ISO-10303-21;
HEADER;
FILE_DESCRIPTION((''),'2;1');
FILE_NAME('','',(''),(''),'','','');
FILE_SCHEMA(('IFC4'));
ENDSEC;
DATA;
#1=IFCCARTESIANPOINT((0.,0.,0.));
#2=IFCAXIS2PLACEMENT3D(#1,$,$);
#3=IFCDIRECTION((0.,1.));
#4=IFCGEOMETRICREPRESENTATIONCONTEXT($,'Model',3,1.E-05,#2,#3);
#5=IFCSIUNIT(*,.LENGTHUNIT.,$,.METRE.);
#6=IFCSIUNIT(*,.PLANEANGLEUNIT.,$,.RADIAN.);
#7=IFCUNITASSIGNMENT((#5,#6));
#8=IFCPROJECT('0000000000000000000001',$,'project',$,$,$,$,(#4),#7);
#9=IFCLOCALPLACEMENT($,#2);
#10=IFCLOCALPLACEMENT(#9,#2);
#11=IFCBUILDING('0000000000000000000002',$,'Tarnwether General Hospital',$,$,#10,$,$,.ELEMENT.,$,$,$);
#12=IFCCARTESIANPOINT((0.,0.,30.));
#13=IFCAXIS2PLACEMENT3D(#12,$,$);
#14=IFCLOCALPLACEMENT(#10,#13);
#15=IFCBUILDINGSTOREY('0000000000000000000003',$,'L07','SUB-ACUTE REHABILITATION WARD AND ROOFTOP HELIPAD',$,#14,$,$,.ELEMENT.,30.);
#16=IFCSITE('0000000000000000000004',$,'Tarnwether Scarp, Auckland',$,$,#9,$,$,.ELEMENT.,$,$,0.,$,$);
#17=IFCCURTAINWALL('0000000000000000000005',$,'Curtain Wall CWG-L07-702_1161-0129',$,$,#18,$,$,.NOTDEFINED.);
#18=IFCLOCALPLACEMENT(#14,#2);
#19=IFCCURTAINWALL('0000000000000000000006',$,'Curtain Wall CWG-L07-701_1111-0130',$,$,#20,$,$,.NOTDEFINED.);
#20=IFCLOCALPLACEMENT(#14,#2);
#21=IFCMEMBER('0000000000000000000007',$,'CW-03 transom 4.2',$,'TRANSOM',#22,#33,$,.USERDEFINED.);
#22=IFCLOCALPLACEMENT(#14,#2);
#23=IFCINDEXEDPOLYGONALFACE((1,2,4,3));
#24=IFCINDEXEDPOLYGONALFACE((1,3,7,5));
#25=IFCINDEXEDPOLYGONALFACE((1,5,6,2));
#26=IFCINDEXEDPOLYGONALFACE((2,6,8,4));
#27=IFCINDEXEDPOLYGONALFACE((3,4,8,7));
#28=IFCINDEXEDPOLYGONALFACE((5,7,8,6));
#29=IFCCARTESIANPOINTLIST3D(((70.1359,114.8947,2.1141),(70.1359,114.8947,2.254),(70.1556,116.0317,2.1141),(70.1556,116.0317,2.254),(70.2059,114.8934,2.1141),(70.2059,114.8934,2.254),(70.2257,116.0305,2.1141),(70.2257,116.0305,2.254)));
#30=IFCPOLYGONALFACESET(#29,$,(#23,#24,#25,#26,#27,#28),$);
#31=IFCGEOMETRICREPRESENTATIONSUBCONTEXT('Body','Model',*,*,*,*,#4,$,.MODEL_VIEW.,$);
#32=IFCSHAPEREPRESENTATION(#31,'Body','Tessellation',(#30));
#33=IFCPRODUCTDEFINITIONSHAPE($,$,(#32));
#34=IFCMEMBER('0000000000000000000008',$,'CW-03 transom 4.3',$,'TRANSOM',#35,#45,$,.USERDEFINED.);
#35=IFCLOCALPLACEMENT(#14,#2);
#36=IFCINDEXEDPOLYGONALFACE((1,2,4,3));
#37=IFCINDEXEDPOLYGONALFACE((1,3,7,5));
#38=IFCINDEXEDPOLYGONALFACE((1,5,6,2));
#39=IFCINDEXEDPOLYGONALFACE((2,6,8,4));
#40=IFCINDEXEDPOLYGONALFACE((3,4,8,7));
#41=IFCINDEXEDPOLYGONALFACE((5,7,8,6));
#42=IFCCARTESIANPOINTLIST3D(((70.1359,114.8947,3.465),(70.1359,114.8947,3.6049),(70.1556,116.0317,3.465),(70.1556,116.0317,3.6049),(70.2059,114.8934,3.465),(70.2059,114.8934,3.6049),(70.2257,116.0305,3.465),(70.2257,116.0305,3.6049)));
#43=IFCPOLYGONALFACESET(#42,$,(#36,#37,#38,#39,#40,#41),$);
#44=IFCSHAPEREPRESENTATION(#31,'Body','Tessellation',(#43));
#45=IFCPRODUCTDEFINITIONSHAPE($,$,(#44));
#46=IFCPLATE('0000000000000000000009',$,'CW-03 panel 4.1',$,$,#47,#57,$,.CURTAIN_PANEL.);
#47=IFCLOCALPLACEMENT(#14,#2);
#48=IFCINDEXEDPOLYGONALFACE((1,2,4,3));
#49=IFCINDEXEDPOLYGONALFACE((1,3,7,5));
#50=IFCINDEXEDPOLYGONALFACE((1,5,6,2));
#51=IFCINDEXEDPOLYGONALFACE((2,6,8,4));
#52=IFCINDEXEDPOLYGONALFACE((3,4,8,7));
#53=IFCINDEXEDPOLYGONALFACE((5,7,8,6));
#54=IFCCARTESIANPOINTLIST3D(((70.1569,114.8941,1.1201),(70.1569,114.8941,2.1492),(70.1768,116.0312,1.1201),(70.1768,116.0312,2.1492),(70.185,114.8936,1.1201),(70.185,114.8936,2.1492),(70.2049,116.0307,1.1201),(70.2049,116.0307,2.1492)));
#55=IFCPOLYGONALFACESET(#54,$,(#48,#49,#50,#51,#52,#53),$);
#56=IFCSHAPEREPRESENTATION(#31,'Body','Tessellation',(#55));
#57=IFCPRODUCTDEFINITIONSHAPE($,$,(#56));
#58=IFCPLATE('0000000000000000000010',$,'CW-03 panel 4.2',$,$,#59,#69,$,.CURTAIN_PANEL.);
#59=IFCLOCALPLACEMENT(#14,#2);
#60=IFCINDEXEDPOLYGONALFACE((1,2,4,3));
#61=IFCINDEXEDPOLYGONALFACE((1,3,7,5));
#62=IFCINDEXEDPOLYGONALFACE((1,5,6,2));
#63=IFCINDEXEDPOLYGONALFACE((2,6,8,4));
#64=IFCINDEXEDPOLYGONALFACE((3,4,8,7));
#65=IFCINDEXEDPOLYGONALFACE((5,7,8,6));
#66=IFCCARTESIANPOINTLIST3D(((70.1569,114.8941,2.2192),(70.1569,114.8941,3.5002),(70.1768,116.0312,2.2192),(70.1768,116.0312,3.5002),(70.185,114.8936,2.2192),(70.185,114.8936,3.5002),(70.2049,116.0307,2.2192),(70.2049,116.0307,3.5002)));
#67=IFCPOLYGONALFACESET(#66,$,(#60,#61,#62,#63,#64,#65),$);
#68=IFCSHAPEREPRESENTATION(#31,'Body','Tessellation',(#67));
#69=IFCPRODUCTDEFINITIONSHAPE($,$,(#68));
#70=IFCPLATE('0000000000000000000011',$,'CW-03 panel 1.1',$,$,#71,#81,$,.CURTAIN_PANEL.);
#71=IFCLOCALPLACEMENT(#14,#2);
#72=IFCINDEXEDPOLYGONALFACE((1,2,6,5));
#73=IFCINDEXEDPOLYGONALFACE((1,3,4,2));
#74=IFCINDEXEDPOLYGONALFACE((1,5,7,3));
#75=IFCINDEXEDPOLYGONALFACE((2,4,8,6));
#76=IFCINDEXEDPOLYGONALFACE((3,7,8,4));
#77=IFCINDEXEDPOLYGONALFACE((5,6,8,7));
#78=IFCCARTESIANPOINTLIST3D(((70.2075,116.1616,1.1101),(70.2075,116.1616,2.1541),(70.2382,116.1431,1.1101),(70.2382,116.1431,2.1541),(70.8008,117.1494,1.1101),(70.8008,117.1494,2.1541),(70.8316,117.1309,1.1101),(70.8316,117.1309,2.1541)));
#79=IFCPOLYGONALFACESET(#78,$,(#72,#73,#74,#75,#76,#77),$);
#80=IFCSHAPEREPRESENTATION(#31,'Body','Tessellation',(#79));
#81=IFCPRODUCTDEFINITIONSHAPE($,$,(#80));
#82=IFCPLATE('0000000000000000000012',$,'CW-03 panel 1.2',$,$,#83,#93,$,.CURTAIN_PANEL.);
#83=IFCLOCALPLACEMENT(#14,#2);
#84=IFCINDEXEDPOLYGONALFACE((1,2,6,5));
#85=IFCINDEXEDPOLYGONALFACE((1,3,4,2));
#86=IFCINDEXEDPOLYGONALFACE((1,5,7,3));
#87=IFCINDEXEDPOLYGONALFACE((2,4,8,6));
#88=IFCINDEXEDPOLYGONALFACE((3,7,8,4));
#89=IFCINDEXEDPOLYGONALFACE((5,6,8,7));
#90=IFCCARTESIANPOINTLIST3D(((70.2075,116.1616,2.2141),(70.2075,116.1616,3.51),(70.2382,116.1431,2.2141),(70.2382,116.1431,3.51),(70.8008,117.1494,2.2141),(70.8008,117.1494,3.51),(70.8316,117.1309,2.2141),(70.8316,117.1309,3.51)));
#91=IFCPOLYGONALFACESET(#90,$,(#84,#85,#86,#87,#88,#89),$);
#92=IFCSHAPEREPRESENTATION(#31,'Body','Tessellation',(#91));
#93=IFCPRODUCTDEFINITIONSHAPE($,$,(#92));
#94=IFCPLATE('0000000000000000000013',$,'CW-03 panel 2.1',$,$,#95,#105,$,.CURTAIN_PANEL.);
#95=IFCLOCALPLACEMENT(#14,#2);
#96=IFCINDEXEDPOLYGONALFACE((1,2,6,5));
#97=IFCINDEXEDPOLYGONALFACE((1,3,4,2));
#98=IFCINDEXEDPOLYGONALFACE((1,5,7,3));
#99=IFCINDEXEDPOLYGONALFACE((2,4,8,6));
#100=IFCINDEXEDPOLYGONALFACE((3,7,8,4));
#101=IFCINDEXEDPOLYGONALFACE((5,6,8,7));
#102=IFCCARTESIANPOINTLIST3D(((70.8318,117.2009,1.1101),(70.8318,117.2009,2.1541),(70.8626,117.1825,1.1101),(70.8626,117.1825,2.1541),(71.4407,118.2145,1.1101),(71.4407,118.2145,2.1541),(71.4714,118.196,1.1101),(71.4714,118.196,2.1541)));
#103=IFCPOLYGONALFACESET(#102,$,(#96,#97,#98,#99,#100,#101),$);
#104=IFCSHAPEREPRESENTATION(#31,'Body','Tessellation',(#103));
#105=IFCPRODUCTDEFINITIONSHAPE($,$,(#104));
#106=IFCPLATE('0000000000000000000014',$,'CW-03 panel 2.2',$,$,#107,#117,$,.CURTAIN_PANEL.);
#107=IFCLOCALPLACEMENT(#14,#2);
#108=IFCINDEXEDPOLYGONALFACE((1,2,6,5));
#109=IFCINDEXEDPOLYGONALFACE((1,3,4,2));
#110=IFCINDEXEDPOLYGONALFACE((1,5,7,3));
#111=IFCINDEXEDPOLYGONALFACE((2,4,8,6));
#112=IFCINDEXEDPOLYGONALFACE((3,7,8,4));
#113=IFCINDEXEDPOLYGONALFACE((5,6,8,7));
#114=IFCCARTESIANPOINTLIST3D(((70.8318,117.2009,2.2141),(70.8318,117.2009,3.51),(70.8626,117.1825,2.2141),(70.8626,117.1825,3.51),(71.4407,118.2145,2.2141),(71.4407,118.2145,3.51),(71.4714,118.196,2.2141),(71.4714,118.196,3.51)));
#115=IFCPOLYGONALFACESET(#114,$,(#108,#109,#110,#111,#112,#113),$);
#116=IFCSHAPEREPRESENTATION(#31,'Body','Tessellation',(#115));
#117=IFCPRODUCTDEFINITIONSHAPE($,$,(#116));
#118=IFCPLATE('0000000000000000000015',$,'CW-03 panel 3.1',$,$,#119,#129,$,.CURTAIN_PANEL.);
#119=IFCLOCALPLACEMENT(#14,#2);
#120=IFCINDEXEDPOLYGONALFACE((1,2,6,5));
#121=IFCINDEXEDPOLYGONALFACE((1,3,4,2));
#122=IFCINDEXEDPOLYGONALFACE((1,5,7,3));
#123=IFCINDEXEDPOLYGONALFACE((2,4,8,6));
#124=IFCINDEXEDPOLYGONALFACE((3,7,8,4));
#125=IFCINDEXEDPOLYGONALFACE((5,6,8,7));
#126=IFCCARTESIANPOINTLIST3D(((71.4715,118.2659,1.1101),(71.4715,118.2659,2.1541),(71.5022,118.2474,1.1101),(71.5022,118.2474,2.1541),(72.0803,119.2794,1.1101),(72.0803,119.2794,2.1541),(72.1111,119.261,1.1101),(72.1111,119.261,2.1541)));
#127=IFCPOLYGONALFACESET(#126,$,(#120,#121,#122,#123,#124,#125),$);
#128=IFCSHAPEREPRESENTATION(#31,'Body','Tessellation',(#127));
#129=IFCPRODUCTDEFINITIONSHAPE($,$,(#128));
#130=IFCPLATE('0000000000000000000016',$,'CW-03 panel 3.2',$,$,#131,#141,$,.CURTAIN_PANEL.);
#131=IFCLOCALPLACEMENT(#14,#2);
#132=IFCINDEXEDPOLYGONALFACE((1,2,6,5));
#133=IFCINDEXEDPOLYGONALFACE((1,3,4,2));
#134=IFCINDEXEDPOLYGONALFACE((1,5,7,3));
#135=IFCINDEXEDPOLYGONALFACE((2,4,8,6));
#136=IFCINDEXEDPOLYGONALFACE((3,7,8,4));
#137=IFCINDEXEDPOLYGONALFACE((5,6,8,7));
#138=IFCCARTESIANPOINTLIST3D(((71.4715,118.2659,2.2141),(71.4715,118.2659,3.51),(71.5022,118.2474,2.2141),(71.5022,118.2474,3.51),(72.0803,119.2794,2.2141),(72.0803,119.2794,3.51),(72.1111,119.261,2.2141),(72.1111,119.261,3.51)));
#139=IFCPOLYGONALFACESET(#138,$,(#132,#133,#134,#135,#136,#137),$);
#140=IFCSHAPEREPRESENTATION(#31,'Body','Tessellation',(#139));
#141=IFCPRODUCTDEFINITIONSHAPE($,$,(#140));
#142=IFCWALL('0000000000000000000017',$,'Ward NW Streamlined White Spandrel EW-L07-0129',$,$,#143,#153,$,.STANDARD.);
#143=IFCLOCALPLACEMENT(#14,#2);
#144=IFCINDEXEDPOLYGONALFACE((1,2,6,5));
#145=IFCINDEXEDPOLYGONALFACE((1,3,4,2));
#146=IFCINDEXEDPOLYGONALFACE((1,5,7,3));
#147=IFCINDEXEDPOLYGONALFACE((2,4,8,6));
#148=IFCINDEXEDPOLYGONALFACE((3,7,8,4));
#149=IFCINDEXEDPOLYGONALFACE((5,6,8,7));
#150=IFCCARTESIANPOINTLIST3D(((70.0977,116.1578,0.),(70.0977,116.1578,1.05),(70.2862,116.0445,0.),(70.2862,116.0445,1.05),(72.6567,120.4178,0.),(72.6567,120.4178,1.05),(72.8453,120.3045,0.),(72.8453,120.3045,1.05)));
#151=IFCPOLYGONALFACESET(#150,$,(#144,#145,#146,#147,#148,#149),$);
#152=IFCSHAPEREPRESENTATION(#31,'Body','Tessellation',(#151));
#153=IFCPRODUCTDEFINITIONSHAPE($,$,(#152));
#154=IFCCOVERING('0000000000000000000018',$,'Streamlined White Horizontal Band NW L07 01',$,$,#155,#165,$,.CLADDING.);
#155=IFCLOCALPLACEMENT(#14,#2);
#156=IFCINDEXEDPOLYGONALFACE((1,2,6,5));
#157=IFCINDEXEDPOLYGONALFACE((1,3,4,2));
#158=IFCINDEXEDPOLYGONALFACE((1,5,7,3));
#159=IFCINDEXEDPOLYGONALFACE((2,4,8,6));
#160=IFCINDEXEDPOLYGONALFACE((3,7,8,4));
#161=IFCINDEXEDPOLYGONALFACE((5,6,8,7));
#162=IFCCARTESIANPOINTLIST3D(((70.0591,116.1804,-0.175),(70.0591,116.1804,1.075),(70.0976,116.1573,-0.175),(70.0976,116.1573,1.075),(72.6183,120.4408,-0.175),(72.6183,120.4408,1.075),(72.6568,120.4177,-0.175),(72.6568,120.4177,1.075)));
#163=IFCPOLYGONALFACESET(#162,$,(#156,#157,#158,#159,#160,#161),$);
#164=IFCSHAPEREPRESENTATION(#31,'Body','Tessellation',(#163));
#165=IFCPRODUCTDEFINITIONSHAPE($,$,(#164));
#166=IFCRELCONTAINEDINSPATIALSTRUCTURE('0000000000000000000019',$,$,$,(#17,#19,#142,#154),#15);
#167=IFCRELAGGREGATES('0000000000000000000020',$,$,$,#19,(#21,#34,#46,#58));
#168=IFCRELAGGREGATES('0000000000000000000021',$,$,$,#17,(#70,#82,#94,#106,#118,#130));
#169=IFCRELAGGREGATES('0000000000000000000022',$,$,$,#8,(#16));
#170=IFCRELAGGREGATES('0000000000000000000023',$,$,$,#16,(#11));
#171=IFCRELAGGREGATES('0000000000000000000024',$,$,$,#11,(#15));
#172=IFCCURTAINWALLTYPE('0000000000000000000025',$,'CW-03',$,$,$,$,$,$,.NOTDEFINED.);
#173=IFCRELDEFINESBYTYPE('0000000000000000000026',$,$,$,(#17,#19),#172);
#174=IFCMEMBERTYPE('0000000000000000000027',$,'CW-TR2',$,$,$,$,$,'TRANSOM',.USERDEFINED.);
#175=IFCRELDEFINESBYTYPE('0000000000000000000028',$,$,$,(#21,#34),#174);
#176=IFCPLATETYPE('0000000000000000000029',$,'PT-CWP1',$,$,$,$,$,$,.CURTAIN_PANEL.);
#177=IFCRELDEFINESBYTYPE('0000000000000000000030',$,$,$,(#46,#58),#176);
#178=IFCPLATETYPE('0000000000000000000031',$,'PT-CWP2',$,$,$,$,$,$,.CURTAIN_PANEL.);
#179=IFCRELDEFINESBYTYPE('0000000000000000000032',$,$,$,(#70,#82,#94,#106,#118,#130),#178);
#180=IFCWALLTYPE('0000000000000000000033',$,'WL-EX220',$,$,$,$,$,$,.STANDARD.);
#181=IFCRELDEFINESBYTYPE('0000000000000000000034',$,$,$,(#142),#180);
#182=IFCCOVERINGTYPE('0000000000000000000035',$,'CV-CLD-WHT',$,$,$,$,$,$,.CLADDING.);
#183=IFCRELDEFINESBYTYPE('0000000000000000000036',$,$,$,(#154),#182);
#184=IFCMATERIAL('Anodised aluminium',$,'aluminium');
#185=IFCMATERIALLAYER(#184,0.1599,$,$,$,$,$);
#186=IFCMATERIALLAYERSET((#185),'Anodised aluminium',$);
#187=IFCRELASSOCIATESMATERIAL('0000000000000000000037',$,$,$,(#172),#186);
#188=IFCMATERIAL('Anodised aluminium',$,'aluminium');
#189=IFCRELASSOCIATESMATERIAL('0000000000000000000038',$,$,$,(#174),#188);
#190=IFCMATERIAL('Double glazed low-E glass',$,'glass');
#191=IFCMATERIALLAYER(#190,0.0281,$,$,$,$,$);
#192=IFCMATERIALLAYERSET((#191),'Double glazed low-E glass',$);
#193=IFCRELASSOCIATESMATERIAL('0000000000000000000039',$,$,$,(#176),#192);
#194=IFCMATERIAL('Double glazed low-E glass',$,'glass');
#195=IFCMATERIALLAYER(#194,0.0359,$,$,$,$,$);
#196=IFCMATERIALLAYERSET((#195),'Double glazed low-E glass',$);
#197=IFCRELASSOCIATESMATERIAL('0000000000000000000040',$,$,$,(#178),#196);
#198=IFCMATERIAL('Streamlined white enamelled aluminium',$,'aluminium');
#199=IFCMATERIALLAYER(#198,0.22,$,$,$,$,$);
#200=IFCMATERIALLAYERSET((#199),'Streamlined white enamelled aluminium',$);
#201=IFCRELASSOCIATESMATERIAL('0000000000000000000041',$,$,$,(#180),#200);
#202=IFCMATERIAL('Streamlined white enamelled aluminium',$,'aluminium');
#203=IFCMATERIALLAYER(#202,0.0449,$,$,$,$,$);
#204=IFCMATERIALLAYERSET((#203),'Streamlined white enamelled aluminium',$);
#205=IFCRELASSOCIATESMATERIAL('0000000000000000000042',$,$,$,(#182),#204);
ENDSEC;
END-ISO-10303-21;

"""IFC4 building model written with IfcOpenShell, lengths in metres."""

from ifc_helpers import new_model, si_unit, direction, frame, frame_2d, origin, origin_2d, place, context, subcontext, project, spatial, rectangle, extrude, material, layer, layer_set, material_profile, profile_set, type_object, element, aggregate, save


model = new_model("IFC4")

# Units and contexts
model_context = context("Model", 3, precision=1e-05, world=origin(), true_north=direction((0.0, 1.0)))
body_context = subcontext(model_context, "Body", "Model", "MODEL_VIEW")
ifc_project = project(units=[si_unit("LENGTHUNIT", "METRE"), si_unit("PLANEANGLEUNIT", "RADIAN")], contexts=[model_context])

# Site, building, storey
site_placement = place(None, origin())
site = spatial("IfcSite", under=ifc_project, at=site_placement, Name="Tarnwether Scarp, Auckland", CompositionType="ELEMENT", RefElevation=0.0)
building_placement = place(site_placement, origin())
building = spatial("IfcBuilding", under=site, at=building_placement, Name="Tarnwether General Hospital", CompositionType="ELEMENT")
storey_placement = place(building_placement, frame((0.0, 0.0, 30.0)))
storey = spatial("IfcBuildingStorey", under=building, at=storey_placement, Name="L07", Description="SUB-ACUTE REHABILITATION WARD AND ROOFTOP HELIPAD", CompositionType="ELEMENT", Elevation=30.0)

# Curtain wall
ifc_material_1 = material(Name="Anodised aluminium", Category="aluminium")
ifc_layer_1 = layer(ifc_material_1, 0.1599)
ifc_layer_set_1 = layer_set([ifc_layer_1], Name="Anodised aluminium")
curtain_wall_type = type_object("IfcCurtainWallType", Name="CW-03", PredefinedType="NOTDEFINED", material=ifc_layer_set_1)
curtain_wall_1_placement = place(storey_placement, origin())
curtain_wall_1 = element("IfcCurtainWall", 1, at=curtain_wall_1_placement, inside=storey, type_object=curtain_wall_type, Name="Curtain Wall CWG-L07-702_1161-0129", PredefinedType="NOTDEFINED")

# Curtain wall
curtain_wall_2_placement = place(storey_placement, origin())
curtain_wall_2 = element("IfcCurtainWall", 2, at=curtain_wall_2_placement, inside=storey, type_object=curtain_wall_type, Name="Curtain Wall CWG-L07-701_1111-0130", PredefinedType="NOTDEFINED")

# Members
ifc_material_2 = material(Name="Anodised aluminium", Category="aluminium")
ifc_material_profile_1 = material_profile(ifc_material_2, rectangle(XDim=0.0701, YDim=0.1399, at=origin_2d()), Name="ALU-TRN-70x140")
ifc_profile_set_1 = profile_set([ifc_material_profile_1], Name="Anodised aluminium")
member_type_1 = type_object("IfcMemberType", Name="CW-TR2", ElementType="TRANSOM", PredefinedType="USERDEFINED", material=ifc_profile_set_1)
member_1_placement = place(storey_placement, frame((70.1709, 114.894, 2.1841), z_axis=(0.017391, 0.999849, 0.0), x_axis=(-0.999849, 0.017391, 0.0)))
member_1 = element("IfcMember", 3, at=member_1_placement, type_object=member_type_1, Name="CW-03 transom 4.2", ObjectType="TRANSOM", PredefinedType="USERDEFINED", context=body_context, shape_type="SweptSolid", body=[
    extrude(rectangle(XDim=0.0701, YDim=0.1399, at=origin_2d()), origin(), (0.0, 0.0, 1.0), 1.1372),
])
member_2_placement = place(storey_placement, frame((70.1709, 114.894, 3.5349), z_axis=(0.017391, 0.999849, 0.0), x_axis=(-0.999849, 0.017391, 0.0)))
member_2 = element("IfcMember", 4, at=member_2_placement, type_object=member_type_1, Name="CW-03 transom 4.3", ObjectType="TRANSOM", PredefinedType="USERDEFINED", context=body_context, shape_type="SweptSolid", body=[
    extrude(rectangle(XDim=0.0701, YDim=0.1399, at=origin_2d()), origin(), (0.0, 0.0, 1.0), 1.1372),
])

# Plates
ifc_material_3 = material(Name="Double glazed low-E glass", Category="glass")
ifc_layer_2 = layer(ifc_material_3, 0.0281)
ifc_layer_set_2 = layer_set([ifc_layer_2], Name="Double glazed low-E glass")
plate_type_1 = type_object("IfcPlateType", Name="PT-CWP1", PredefinedType="CURTAIN_PANEL", material=ifc_layer_set_2)
plate_1_placement = place(storey_placement, frame((70.1809, 115.4624, 1.1201), z_axis=(0.0, 0.0, 1.0), x_axis=(0.017509, 0.999847, 0.0)))
plate_1 = element("IfcPlate", 5, at=plate_1_placement, type_object=plate_type_1, Name="CW-03 panel 4.1", PredefinedType="CURTAIN_PANEL", context=body_context, shape_type="SweptSolid", body=[
    extrude(rectangle(XDim=1.1372, YDim=0.0281, at=origin_2d()), origin(), (0.0, 0.0, 1.0), 1.0291),
])
plate_2_placement = place(storey_placement, frame((70.1809, 115.4624, 2.2192), z_axis=(0.0, 0.0, 1.0), x_axis=(0.017509, 0.999847, 0.0)))
plate_2 = element("IfcPlate", 6, at=plate_2_placement, type_object=plate_type_1, Name="CW-03 panel 4.2", PredefinedType="CURTAIN_PANEL", context=body_context, shape_type="SweptSolid", body=[
    extrude(rectangle(XDim=1.1372, YDim=0.0281, at=origin_2d()), origin(), (0.0, 0.0, 1.0), 1.281),
])
aggregate(curtain_wall_2, [member_1, member_2, plate_1, plate_2])
ifc_material_4 = material(Name="Double glazed low-E glass", Category="glass")
ifc_layer_3 = layer(ifc_material_4, 0.0359)
ifc_layer_set_3 = layer_set([ifc_layer_3], Name="Double glazed low-E glass")
plate_type_2 = type_object("IfcPlateType", Name="PT-CWP2", PredefinedType="CURTAIN_PANEL", material=ifc_layer_set_3)
plate_3_placement = place(storey_placement, frame((70.5195, 116.6462, 1.1101), z_axis=(0.0, 0.0, 1.0), x_axis=(0.51494, 0.857226, 0.0)))
plate_3 = element("IfcPlate", 7, at=plate_3_placement, type_object=plate_type_2, Name="CW-03 panel 1.1", PredefinedType="CURTAIN_PANEL", context=body_context, shape_type="SweptSolid", body=[
    extrude(rectangle(XDim=1.1523, YDim=0.0359, at=origin_2d()), origin(), (0.0, 0.0, 1.0), 1.0439),
])
plate_4_placement = place(storey_placement, frame((70.5195, 116.6462, 2.2141), z_axis=(0.0, 0.0, 1.0), x_axis=(0.51494, 0.857226, 0.0)))
plate_4 = element("IfcPlate", 8, at=plate_4_placement, type_object=plate_type_2, Name="CW-03 panel 1.2", PredefinedType="CURTAIN_PANEL", context=body_context, shape_type="SweptSolid", body=[
    extrude(rectangle(XDim=1.1523, YDim=0.0359, at=origin_2d()), origin(), (0.0, 0.0, 1.0), 1.2959),
])
plate_5_placement = place(storey_placement, frame((71.1516, 117.6985, 1.1101), z_axis=(0.0, 0.0, 1.0), x_axis=(0.51494, 0.857226, 0.0)))
plate_5 = element("IfcPlate", 9, at=plate_5_placement, type_object=plate_type_2, Name="CW-03 panel 2.1", PredefinedType="CURTAIN_PANEL", context=body_context, shape_type="SweptSolid", body=[
    extrude(rectangle(XDim=1.1824, YDim=0.0359, at=origin_2d()), origin(), (0.0, 0.0, 1.0), 1.0439),
])
plate_6_placement = place(storey_placement, frame((71.1516, 117.6985, 2.2141), z_axis=(0.0, 0.0, 1.0), x_axis=(0.51494, 0.857226, 0.0)))
plate_6 = element("IfcPlate", 10, at=plate_6_placement, type_object=plate_type_2, Name="CW-03 panel 2.2", PredefinedType="CURTAIN_PANEL", context=body_context, shape_type="SweptSolid", body=[
    extrude(rectangle(XDim=1.1824, YDim=0.0359, at=origin_2d()), origin(), (0.0, 0.0, 1.0), 1.2959),
])
plate_7_placement = place(storey_placement, frame((71.7913, 118.7634, 1.1101), z_axis=(0.0, 0.0, 1.0), x_axis=(0.51494, 0.857226, 0.0)))
plate_7 = element("IfcPlate", 11, at=plate_7_placement, type_object=plate_type_2, Name="CW-03 panel 3.1", PredefinedType="CURTAIN_PANEL", context=body_context, shape_type="SweptSolid", body=[
    extrude(rectangle(XDim=1.1824, YDim=0.0359, at=origin_2d()), origin(), (0.0, 0.0, 1.0), 1.0439),
])
plate_8_placement = place(storey_placement, frame((71.7913, 118.7634, 2.2141), z_axis=(0.0, 0.0, 1.0), x_axis=(0.51494, 0.857226, 0.0)))
plate_8 = element("IfcPlate", 12, at=plate_8_placement, type_object=plate_type_2, Name="CW-03 panel 3.2", PredefinedType="CURTAIN_PANEL", context=body_context, shape_type="SweptSolid", body=[
    extrude(rectangle(XDim=1.1824, YDim=0.0359, at=origin_2d()), origin(), (0.0, 0.0, 1.0), 1.2959),
])
aggregate(curtain_wall_1, [plate_3, plate_4, plate_5, plate_6, plate_7, plate_8])

# Wall
ifc_material_5 = material(Name="Streamlined white enamelled aluminium", Category="aluminium")
ifc_layer_4 = layer(ifc_material_5, 0.22)
ifc_layer_set_4 = layer_set([ifc_layer_4], Name="Streamlined white enamelled aluminium")
wall_type = type_object("IfcWallType", Name="WL-EX220", PredefinedType="STANDARD", material=ifc_layer_set_4)
wall_placement = place(storey_placement, frame((70.1919, 116.1011, 0.0), z_axis=(0.0, 0.0, 1.0), x_axis=(0.514951, 0.85722, 0.0)))
element("IfcWall", 13, at=wall_placement, inside=storey, type_object=wall_type, Name="Ward NW Streamlined White Spandrel EW-L07-0129", PredefinedType="STANDARD", context=body_context, shape_type="SweptSolid", body=[
    extrude(rectangle(XDim=4.9695, YDim=0.22, at=frame_2d((2.4849, 0.0))), origin(), (0.0, 0.0, 1.0), 1.05),
])

# Covering
ifc_material_6 = material(Name="Streamlined white enamelled aluminium", Category="aluminium")
ifc_layer_5 = layer(ifc_material_6, 0.0449)
ifc_layer_set_5 = layer_set([ifc_layer_5], Name="Streamlined white enamelled aluminium")
covering_type = type_object("IfcCoveringType", Name="CV-CLD-WHT", PredefinedType="CLADDING", material=ifc_layer_set_5)
covering_placement = place(storey_placement, frame((71.3579, 118.2991, -0.175), z_axis=(0.0, 0.0, 1.0), x_axis=(0.514933, 0.85723, 0.0)))
element("IfcCovering", 14, at=covering_placement, inside=storey, type_object=covering_type, Name="Streamlined White Horizontal Band NW L07 01", PredefinedType="CLADDING", context=body_context, shape_type="SweptSolid", body=[
    extrude(rectangle(XDim=4.97, YDim=0.0449, at=origin_2d()), origin(), (0.0, 0.0, 1.0), 1.25),
])

save(model, "model.ifc")
